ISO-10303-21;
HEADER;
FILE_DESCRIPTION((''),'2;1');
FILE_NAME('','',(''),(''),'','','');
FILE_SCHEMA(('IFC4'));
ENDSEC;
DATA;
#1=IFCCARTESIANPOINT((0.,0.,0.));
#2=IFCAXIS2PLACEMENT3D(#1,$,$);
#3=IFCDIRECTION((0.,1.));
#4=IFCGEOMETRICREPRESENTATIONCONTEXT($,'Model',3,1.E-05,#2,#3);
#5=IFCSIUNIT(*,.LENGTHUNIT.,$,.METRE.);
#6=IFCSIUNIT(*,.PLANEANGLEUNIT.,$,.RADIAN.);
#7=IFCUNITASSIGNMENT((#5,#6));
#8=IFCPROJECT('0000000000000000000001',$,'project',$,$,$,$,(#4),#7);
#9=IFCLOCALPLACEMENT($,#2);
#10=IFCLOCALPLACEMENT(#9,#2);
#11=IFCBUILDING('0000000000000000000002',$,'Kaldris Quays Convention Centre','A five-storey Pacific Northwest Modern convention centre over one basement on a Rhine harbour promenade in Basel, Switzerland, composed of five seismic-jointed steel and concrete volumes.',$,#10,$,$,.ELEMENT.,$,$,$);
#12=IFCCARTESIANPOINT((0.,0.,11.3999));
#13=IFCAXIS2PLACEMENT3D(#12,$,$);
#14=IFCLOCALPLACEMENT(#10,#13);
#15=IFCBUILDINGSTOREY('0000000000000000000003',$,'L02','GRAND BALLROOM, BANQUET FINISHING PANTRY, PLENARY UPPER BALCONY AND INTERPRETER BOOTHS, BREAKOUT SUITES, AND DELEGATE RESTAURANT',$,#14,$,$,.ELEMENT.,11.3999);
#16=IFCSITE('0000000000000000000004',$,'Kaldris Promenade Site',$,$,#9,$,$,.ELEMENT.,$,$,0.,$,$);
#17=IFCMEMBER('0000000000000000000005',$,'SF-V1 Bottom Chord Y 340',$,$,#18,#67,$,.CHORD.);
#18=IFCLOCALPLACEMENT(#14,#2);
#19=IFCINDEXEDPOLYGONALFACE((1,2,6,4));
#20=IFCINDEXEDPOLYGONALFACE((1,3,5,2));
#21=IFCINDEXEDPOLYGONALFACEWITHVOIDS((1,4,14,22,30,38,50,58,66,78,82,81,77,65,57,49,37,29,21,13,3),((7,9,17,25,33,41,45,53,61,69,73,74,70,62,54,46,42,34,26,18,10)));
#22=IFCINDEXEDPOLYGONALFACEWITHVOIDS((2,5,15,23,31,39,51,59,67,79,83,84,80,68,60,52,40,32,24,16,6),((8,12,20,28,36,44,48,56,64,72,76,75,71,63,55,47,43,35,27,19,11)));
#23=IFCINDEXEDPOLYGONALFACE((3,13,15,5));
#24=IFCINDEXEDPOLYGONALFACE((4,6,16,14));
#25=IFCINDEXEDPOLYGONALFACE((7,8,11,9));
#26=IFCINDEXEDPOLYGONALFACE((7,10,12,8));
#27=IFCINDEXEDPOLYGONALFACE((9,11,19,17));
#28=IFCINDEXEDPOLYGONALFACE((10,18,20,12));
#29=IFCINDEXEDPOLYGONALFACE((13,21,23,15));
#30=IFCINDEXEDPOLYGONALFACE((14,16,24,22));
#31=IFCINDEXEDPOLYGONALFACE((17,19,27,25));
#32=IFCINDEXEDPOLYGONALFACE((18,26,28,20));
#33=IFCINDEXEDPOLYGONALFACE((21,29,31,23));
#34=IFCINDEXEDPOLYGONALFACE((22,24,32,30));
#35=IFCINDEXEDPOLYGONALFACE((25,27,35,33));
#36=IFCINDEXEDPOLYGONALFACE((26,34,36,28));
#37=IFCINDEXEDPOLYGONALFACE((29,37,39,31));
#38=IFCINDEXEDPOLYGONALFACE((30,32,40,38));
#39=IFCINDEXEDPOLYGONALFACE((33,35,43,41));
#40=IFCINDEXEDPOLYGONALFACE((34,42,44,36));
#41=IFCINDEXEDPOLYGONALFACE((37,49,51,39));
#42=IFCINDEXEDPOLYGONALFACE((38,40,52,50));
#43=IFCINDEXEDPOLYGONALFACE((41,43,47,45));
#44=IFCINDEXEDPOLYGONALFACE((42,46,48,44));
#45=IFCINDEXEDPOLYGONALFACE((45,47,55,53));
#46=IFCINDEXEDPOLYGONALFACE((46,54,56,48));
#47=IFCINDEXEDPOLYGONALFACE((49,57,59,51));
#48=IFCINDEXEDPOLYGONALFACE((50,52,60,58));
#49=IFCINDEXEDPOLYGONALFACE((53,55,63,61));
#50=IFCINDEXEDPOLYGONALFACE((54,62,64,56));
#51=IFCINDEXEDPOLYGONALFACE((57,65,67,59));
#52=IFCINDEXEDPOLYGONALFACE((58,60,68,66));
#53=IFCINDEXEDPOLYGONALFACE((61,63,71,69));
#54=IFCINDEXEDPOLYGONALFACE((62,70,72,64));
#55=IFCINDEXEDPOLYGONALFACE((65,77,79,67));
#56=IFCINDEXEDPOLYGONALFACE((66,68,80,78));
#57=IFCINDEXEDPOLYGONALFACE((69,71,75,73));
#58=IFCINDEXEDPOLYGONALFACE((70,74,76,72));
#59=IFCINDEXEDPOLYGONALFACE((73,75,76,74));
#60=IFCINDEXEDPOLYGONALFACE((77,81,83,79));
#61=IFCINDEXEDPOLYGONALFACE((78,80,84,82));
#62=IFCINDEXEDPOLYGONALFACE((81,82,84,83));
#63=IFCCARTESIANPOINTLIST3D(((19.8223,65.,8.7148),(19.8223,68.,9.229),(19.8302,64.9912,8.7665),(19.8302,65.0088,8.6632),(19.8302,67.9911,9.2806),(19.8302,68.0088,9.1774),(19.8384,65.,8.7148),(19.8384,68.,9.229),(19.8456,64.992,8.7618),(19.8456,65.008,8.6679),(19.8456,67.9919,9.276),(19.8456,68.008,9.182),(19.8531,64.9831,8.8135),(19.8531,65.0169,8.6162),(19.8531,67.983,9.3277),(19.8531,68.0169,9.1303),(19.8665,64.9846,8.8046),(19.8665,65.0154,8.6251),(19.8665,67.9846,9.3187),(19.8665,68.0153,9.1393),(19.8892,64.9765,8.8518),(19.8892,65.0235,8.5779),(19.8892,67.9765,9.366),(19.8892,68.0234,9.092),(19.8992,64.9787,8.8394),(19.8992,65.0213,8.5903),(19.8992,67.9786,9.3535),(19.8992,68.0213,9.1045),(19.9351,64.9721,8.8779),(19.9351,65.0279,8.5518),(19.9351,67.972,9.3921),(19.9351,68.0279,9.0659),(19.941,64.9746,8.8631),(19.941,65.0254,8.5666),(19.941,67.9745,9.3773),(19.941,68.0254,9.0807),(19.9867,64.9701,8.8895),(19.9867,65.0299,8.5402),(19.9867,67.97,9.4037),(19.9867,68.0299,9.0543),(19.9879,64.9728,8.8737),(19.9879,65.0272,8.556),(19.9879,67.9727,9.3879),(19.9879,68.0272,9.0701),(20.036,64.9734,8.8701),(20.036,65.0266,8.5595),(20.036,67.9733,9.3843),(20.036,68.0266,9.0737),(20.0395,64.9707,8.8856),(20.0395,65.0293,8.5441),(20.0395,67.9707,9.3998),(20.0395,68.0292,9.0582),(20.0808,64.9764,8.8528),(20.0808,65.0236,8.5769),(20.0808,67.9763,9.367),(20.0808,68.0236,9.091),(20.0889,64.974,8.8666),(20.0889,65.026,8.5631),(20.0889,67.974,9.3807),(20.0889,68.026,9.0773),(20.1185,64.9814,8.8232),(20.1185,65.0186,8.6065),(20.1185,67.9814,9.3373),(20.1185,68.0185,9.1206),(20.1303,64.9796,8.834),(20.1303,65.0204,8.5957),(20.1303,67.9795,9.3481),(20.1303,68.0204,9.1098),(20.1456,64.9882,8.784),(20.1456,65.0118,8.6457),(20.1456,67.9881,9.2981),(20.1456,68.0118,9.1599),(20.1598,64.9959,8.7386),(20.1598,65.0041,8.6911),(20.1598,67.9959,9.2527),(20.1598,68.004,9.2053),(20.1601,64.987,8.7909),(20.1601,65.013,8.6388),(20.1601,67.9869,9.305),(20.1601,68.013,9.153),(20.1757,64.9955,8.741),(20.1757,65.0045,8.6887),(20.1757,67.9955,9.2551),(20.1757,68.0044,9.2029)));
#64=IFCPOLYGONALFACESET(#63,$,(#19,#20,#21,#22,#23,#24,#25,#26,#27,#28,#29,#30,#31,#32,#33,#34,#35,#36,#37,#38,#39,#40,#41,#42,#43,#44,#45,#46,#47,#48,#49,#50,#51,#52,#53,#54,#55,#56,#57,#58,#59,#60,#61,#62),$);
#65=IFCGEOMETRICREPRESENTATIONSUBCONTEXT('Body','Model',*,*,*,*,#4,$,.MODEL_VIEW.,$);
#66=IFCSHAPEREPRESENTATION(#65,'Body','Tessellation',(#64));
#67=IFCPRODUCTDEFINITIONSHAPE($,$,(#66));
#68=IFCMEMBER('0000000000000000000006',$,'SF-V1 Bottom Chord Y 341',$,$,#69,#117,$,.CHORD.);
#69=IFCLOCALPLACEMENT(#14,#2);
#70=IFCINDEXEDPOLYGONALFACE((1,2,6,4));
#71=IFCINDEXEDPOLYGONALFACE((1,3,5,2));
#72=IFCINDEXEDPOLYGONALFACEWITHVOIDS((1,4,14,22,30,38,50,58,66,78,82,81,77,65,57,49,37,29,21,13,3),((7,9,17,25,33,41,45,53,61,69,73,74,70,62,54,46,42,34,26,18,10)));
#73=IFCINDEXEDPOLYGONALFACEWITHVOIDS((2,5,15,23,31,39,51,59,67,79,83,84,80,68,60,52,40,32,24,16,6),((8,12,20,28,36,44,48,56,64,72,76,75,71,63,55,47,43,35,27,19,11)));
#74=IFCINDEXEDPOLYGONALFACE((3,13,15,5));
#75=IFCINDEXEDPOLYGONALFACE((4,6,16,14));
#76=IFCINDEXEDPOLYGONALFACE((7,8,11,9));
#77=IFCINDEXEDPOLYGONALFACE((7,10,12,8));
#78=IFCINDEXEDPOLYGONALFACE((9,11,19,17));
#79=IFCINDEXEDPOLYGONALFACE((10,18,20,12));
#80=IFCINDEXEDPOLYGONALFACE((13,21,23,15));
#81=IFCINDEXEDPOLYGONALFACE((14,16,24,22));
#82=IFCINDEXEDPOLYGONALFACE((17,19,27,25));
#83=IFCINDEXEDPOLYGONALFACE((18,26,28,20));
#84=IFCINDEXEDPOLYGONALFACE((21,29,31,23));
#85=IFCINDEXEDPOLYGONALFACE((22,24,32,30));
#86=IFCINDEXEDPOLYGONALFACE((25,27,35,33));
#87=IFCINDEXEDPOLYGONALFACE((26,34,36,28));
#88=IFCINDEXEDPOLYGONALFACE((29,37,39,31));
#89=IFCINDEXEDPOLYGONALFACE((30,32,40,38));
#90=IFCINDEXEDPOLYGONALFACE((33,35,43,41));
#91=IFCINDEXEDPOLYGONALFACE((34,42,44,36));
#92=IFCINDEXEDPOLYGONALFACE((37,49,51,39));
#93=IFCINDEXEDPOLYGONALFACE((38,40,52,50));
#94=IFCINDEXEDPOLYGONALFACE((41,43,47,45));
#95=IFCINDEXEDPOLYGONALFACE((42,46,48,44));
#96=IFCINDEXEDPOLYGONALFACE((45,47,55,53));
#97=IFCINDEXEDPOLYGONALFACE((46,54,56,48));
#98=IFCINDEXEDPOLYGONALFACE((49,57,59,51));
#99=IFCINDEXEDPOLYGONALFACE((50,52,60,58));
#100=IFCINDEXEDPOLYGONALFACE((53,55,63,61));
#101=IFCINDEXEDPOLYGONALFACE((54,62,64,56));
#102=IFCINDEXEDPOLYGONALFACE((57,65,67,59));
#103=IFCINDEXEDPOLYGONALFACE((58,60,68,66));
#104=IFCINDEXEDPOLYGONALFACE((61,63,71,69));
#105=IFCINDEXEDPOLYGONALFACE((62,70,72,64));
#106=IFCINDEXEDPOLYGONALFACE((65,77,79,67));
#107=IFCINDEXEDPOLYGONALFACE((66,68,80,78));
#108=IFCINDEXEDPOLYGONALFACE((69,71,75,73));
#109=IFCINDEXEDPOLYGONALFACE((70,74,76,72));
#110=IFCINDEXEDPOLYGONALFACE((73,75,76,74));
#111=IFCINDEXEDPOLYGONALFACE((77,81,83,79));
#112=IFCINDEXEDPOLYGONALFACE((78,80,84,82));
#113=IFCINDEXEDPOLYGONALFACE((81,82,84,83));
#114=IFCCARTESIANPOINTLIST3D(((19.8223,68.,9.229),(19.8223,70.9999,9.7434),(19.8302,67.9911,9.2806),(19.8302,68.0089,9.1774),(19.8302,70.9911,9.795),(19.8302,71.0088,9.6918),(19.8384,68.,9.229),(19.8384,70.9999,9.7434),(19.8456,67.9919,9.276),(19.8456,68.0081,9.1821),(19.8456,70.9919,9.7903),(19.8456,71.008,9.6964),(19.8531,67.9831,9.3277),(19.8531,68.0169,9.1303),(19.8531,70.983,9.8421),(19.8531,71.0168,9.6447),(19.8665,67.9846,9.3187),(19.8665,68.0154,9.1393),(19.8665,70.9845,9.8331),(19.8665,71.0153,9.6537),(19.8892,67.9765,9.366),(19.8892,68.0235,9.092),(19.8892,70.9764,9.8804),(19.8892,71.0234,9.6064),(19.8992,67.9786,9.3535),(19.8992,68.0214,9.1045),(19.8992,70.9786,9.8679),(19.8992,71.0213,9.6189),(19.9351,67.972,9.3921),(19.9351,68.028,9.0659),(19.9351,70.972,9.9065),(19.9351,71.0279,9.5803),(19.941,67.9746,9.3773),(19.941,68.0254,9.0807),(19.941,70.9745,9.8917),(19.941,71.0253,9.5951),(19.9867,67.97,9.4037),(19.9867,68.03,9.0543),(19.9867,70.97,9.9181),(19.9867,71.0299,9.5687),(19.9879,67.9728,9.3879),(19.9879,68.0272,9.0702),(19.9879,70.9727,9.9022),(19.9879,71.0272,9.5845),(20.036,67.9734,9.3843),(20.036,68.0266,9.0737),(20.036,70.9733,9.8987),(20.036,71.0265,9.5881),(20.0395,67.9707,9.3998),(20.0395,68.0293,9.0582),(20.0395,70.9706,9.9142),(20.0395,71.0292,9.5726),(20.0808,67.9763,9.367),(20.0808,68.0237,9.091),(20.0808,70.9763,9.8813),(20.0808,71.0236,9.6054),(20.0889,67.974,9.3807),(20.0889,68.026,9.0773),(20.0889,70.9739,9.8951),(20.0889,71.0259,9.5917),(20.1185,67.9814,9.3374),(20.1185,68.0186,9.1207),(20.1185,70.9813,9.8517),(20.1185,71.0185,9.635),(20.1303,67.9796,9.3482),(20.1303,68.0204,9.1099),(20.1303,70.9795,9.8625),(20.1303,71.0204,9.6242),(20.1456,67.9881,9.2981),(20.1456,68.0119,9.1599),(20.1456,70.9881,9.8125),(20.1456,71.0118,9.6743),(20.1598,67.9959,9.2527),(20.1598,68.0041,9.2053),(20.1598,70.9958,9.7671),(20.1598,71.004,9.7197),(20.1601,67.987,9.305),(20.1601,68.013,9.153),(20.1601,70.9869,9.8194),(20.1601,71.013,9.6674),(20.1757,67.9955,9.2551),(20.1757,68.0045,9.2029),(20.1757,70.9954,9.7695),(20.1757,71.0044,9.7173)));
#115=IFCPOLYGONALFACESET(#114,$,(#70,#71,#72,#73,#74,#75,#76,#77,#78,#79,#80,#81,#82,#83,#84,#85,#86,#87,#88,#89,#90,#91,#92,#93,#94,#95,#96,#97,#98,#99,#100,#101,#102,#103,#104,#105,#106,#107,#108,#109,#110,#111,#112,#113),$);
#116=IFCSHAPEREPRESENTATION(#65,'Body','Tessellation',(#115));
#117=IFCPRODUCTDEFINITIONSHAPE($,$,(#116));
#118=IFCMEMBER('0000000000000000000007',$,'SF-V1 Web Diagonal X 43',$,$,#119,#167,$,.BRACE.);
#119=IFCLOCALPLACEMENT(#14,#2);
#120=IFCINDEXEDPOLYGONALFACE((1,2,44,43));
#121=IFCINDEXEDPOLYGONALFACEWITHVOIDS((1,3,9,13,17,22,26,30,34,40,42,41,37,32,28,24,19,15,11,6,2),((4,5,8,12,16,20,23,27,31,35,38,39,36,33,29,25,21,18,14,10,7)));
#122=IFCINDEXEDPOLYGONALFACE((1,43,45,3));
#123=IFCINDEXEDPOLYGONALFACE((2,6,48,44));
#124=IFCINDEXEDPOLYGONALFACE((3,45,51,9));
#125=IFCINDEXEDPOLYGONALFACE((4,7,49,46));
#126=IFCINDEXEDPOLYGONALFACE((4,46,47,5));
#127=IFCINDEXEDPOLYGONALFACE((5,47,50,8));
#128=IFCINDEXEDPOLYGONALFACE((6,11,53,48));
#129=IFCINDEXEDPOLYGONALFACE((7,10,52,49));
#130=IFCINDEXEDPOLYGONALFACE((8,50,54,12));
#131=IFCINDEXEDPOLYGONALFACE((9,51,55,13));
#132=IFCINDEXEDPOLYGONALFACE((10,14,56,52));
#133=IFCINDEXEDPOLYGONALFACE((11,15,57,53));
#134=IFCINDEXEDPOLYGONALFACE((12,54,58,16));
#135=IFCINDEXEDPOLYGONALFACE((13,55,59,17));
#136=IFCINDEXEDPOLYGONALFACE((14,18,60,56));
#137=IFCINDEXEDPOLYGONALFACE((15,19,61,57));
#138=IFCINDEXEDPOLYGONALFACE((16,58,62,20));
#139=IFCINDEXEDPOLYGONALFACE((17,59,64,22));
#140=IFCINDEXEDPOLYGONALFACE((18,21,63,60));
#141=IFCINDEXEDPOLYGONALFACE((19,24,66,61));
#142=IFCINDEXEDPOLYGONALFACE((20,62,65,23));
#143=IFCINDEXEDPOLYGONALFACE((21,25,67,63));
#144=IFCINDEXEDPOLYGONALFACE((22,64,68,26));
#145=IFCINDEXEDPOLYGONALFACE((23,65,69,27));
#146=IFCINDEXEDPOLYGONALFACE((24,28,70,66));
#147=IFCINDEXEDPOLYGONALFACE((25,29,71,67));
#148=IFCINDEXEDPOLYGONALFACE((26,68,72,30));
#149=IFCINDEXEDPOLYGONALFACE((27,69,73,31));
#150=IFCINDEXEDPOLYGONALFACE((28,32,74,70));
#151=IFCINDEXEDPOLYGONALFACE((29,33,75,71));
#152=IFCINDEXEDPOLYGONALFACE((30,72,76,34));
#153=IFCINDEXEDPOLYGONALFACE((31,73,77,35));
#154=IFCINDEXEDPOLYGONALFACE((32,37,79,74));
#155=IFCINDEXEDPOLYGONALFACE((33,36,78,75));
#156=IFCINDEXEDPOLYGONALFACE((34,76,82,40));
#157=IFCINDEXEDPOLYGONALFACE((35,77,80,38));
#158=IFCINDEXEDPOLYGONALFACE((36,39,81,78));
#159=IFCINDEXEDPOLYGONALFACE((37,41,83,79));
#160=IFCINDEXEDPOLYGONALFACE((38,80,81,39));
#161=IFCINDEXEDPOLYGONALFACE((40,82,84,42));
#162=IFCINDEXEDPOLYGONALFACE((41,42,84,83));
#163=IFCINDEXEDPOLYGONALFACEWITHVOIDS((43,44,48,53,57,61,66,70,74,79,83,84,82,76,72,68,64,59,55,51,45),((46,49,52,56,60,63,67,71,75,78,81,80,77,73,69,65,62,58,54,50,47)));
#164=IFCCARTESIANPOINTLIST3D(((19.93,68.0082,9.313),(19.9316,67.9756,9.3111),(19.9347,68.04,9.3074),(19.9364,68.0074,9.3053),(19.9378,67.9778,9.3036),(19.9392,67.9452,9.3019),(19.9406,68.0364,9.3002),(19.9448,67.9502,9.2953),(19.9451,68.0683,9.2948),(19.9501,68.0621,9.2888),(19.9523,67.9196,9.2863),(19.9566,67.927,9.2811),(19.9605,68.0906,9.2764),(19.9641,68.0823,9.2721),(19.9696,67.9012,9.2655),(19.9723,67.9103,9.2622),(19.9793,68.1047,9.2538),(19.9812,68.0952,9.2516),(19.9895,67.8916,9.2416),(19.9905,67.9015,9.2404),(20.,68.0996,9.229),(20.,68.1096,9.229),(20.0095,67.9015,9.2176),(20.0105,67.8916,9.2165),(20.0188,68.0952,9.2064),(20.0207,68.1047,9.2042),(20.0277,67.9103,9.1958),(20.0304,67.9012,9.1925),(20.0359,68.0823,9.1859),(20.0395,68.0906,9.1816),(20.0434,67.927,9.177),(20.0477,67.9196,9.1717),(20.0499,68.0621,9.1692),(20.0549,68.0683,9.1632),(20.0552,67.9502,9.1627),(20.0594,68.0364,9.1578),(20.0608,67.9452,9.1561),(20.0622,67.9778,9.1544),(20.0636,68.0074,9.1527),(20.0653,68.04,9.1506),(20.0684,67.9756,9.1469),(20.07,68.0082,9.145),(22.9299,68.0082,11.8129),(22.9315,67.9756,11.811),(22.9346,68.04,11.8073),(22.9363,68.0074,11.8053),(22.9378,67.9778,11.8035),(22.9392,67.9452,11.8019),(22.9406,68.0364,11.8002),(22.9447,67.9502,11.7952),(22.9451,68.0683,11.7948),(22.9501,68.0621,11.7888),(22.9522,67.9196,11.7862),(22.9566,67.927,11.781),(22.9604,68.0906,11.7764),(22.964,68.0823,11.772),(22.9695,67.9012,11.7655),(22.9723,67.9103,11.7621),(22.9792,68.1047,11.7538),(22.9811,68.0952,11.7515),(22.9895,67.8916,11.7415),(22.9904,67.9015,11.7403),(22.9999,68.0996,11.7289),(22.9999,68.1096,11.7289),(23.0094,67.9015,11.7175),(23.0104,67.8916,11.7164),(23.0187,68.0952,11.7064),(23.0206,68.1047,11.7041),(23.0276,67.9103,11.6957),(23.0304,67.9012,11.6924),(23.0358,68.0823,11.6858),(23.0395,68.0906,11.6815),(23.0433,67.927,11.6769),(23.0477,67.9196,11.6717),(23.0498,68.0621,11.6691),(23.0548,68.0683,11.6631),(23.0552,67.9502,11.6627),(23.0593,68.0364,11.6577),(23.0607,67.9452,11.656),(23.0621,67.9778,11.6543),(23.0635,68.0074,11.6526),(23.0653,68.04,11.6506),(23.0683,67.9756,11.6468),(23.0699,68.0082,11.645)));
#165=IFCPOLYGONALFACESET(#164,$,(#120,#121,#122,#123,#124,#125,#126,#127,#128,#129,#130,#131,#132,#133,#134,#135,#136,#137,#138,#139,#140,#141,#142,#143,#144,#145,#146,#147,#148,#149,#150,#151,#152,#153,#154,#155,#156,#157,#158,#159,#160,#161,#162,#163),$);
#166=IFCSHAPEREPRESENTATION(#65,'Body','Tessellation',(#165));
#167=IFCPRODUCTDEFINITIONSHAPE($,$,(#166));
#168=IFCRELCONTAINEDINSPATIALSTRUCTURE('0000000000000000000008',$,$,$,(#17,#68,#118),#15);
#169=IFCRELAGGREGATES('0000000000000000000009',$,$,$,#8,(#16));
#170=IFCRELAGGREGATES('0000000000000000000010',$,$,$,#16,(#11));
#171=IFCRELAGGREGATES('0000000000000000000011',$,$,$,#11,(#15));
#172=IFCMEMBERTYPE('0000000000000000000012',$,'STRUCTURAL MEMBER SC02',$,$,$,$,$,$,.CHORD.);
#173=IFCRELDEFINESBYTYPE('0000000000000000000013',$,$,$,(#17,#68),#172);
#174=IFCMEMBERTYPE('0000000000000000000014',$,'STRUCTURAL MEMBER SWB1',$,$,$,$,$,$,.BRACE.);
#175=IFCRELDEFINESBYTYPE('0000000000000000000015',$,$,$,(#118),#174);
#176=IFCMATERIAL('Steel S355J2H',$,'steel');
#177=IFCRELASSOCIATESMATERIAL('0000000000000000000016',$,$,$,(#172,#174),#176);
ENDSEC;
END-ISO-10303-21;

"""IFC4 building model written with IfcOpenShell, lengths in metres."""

from ifc_helpers import new_model, si_unit, direction, frame, origin, origin_2d, place, context, subcontext, project, spatial, hollow_circle, extrude, material, material_profile, profile_set, type_object, element, save


model = new_model("IFC4")

# Units and contexts
model_context = context("Model", 3, precision=1e-05, world=origin(), true_north=direction((0.0, 1.0)))
body_context = subcontext(model_context, "Body", "Model", "MODEL_VIEW")
ifc_project = project(units=[si_unit("LENGTHUNIT", "METRE"), si_unit("PLANEANGLEUNIT", "RADIAN")], contexts=[model_context])

# Site, building, storey
site_placement = place(None, origin())
site = spatial("IfcSite", under=ifc_project, at=site_placement, Name="Kaldris Promenade Site", CompositionType="ELEMENT", RefElevation=0.0)
building_placement = place(site_placement, origin())
building = spatial("IfcBuilding", under=site, at=building_placement, Name="Kaldris Quays Convention Centre", Description="A five-storey Pacific Northwest Modern convention centre over one basement on a Rhine harbour promenade in Basel, Switzerland, composed of five seismic-jointed steel and concrete volumes.", CompositionType="ELEMENT")
storey_placement = place(building_placement, frame((0.0, 0.0, 11.3999)))
storey = spatial("IfcBuildingStorey", under=building, at=storey_placement, Name="L02", Description="GRAND BALLROOM, BANQUET FINISHING PANTRY, PLENARY UPPER BALCONY AND INTERPRETER BOOTHS, BREAKOUT SUITES, AND DELEGATE RESTAURANT", CompositionType="ELEMENT", Elevation=11.3999)

# Members
ifc_material_1 = material(Name="Steel S355J2H", Category="steel")
ifc_material_profile_1 = material_profile(ifc_material_1, hollow_circle(Radius=0.1777, WallThickness=0.0161, at=origin_2d()), Name="CHS 355.6x16")
ifc_profile_set_1 = profile_set([ifc_material_profile_1], Name="Steel S355J2H")
member_type_1 = type_object("IfcMemberType", Name="STRUCTURAL MEMBER SC02", PredefinedType="CHORD", material=ifc_profile_set_1)
for number, where, z_axis, x_axis, name in (
    (1, (20.0, 65.0, 8.7148), (0.0, 0.985629, 0.168924), (-1.0, 0.0, 0.0), "SF-V1 Bottom Chord Y 340"),
    (2, (20.0, 68.0, 9.229), (0.0, 0.985616, 0.169002), (-1.0, 0.0, 0.0), "SF-V1 Bottom Chord Y 341"),
):
    element("IfcMember", number, at=place(storey_placement, frame(where, z_axis=z_axis, x_axis=x_axis)), inside=storey, type_object=member_type_1, Name=name, PredefinedType="CHORD", context=body_context, shape_type="SweptSolid", body=[
        extrude(hollow_circle(Radius=0.1777, WallThickness=0.0161, at=origin_2d()), origin(), (0.0, 0.0, 1.0), 3.0437),
    ])
ifc_material_profile_2 = material_profile(ifc_material_1, hollow_circle(Radius=0.1096, WallThickness=0.01, at=origin_2d()), Name="CHS 219.1x10")
ifc_profile_set_2 = profile_set([ifc_material_profile_2], Name="Steel S355J2H")
member_type_2 = type_object("IfcMemberType", Name="STRUCTURAL MEMBER SWB1", PredefinedType="BRACE", material=ifc_profile_set_2)
member_1_placement = place(storey_placement, frame((20.0, 68.0, 9.229), z_axis=(0.768221, 0.0, 0.640184), x_axis=(0.0, 1.0, 0.0)))
element("IfcMember", 3, at=member_1_placement, inside=storey, type_object=member_type_2, Name="SF-V1 Web Diagonal X 43", PredefinedType="BRACE", context=body_context, shape_type="SweptSolid", body=[
    extrude(hollow_circle(Radius=0.1096, WallThickness=0.01, at=origin_2d()), origin(), (0.0, 0.0, 1.0), 3.905),
])

save(model, "model.ifc")
